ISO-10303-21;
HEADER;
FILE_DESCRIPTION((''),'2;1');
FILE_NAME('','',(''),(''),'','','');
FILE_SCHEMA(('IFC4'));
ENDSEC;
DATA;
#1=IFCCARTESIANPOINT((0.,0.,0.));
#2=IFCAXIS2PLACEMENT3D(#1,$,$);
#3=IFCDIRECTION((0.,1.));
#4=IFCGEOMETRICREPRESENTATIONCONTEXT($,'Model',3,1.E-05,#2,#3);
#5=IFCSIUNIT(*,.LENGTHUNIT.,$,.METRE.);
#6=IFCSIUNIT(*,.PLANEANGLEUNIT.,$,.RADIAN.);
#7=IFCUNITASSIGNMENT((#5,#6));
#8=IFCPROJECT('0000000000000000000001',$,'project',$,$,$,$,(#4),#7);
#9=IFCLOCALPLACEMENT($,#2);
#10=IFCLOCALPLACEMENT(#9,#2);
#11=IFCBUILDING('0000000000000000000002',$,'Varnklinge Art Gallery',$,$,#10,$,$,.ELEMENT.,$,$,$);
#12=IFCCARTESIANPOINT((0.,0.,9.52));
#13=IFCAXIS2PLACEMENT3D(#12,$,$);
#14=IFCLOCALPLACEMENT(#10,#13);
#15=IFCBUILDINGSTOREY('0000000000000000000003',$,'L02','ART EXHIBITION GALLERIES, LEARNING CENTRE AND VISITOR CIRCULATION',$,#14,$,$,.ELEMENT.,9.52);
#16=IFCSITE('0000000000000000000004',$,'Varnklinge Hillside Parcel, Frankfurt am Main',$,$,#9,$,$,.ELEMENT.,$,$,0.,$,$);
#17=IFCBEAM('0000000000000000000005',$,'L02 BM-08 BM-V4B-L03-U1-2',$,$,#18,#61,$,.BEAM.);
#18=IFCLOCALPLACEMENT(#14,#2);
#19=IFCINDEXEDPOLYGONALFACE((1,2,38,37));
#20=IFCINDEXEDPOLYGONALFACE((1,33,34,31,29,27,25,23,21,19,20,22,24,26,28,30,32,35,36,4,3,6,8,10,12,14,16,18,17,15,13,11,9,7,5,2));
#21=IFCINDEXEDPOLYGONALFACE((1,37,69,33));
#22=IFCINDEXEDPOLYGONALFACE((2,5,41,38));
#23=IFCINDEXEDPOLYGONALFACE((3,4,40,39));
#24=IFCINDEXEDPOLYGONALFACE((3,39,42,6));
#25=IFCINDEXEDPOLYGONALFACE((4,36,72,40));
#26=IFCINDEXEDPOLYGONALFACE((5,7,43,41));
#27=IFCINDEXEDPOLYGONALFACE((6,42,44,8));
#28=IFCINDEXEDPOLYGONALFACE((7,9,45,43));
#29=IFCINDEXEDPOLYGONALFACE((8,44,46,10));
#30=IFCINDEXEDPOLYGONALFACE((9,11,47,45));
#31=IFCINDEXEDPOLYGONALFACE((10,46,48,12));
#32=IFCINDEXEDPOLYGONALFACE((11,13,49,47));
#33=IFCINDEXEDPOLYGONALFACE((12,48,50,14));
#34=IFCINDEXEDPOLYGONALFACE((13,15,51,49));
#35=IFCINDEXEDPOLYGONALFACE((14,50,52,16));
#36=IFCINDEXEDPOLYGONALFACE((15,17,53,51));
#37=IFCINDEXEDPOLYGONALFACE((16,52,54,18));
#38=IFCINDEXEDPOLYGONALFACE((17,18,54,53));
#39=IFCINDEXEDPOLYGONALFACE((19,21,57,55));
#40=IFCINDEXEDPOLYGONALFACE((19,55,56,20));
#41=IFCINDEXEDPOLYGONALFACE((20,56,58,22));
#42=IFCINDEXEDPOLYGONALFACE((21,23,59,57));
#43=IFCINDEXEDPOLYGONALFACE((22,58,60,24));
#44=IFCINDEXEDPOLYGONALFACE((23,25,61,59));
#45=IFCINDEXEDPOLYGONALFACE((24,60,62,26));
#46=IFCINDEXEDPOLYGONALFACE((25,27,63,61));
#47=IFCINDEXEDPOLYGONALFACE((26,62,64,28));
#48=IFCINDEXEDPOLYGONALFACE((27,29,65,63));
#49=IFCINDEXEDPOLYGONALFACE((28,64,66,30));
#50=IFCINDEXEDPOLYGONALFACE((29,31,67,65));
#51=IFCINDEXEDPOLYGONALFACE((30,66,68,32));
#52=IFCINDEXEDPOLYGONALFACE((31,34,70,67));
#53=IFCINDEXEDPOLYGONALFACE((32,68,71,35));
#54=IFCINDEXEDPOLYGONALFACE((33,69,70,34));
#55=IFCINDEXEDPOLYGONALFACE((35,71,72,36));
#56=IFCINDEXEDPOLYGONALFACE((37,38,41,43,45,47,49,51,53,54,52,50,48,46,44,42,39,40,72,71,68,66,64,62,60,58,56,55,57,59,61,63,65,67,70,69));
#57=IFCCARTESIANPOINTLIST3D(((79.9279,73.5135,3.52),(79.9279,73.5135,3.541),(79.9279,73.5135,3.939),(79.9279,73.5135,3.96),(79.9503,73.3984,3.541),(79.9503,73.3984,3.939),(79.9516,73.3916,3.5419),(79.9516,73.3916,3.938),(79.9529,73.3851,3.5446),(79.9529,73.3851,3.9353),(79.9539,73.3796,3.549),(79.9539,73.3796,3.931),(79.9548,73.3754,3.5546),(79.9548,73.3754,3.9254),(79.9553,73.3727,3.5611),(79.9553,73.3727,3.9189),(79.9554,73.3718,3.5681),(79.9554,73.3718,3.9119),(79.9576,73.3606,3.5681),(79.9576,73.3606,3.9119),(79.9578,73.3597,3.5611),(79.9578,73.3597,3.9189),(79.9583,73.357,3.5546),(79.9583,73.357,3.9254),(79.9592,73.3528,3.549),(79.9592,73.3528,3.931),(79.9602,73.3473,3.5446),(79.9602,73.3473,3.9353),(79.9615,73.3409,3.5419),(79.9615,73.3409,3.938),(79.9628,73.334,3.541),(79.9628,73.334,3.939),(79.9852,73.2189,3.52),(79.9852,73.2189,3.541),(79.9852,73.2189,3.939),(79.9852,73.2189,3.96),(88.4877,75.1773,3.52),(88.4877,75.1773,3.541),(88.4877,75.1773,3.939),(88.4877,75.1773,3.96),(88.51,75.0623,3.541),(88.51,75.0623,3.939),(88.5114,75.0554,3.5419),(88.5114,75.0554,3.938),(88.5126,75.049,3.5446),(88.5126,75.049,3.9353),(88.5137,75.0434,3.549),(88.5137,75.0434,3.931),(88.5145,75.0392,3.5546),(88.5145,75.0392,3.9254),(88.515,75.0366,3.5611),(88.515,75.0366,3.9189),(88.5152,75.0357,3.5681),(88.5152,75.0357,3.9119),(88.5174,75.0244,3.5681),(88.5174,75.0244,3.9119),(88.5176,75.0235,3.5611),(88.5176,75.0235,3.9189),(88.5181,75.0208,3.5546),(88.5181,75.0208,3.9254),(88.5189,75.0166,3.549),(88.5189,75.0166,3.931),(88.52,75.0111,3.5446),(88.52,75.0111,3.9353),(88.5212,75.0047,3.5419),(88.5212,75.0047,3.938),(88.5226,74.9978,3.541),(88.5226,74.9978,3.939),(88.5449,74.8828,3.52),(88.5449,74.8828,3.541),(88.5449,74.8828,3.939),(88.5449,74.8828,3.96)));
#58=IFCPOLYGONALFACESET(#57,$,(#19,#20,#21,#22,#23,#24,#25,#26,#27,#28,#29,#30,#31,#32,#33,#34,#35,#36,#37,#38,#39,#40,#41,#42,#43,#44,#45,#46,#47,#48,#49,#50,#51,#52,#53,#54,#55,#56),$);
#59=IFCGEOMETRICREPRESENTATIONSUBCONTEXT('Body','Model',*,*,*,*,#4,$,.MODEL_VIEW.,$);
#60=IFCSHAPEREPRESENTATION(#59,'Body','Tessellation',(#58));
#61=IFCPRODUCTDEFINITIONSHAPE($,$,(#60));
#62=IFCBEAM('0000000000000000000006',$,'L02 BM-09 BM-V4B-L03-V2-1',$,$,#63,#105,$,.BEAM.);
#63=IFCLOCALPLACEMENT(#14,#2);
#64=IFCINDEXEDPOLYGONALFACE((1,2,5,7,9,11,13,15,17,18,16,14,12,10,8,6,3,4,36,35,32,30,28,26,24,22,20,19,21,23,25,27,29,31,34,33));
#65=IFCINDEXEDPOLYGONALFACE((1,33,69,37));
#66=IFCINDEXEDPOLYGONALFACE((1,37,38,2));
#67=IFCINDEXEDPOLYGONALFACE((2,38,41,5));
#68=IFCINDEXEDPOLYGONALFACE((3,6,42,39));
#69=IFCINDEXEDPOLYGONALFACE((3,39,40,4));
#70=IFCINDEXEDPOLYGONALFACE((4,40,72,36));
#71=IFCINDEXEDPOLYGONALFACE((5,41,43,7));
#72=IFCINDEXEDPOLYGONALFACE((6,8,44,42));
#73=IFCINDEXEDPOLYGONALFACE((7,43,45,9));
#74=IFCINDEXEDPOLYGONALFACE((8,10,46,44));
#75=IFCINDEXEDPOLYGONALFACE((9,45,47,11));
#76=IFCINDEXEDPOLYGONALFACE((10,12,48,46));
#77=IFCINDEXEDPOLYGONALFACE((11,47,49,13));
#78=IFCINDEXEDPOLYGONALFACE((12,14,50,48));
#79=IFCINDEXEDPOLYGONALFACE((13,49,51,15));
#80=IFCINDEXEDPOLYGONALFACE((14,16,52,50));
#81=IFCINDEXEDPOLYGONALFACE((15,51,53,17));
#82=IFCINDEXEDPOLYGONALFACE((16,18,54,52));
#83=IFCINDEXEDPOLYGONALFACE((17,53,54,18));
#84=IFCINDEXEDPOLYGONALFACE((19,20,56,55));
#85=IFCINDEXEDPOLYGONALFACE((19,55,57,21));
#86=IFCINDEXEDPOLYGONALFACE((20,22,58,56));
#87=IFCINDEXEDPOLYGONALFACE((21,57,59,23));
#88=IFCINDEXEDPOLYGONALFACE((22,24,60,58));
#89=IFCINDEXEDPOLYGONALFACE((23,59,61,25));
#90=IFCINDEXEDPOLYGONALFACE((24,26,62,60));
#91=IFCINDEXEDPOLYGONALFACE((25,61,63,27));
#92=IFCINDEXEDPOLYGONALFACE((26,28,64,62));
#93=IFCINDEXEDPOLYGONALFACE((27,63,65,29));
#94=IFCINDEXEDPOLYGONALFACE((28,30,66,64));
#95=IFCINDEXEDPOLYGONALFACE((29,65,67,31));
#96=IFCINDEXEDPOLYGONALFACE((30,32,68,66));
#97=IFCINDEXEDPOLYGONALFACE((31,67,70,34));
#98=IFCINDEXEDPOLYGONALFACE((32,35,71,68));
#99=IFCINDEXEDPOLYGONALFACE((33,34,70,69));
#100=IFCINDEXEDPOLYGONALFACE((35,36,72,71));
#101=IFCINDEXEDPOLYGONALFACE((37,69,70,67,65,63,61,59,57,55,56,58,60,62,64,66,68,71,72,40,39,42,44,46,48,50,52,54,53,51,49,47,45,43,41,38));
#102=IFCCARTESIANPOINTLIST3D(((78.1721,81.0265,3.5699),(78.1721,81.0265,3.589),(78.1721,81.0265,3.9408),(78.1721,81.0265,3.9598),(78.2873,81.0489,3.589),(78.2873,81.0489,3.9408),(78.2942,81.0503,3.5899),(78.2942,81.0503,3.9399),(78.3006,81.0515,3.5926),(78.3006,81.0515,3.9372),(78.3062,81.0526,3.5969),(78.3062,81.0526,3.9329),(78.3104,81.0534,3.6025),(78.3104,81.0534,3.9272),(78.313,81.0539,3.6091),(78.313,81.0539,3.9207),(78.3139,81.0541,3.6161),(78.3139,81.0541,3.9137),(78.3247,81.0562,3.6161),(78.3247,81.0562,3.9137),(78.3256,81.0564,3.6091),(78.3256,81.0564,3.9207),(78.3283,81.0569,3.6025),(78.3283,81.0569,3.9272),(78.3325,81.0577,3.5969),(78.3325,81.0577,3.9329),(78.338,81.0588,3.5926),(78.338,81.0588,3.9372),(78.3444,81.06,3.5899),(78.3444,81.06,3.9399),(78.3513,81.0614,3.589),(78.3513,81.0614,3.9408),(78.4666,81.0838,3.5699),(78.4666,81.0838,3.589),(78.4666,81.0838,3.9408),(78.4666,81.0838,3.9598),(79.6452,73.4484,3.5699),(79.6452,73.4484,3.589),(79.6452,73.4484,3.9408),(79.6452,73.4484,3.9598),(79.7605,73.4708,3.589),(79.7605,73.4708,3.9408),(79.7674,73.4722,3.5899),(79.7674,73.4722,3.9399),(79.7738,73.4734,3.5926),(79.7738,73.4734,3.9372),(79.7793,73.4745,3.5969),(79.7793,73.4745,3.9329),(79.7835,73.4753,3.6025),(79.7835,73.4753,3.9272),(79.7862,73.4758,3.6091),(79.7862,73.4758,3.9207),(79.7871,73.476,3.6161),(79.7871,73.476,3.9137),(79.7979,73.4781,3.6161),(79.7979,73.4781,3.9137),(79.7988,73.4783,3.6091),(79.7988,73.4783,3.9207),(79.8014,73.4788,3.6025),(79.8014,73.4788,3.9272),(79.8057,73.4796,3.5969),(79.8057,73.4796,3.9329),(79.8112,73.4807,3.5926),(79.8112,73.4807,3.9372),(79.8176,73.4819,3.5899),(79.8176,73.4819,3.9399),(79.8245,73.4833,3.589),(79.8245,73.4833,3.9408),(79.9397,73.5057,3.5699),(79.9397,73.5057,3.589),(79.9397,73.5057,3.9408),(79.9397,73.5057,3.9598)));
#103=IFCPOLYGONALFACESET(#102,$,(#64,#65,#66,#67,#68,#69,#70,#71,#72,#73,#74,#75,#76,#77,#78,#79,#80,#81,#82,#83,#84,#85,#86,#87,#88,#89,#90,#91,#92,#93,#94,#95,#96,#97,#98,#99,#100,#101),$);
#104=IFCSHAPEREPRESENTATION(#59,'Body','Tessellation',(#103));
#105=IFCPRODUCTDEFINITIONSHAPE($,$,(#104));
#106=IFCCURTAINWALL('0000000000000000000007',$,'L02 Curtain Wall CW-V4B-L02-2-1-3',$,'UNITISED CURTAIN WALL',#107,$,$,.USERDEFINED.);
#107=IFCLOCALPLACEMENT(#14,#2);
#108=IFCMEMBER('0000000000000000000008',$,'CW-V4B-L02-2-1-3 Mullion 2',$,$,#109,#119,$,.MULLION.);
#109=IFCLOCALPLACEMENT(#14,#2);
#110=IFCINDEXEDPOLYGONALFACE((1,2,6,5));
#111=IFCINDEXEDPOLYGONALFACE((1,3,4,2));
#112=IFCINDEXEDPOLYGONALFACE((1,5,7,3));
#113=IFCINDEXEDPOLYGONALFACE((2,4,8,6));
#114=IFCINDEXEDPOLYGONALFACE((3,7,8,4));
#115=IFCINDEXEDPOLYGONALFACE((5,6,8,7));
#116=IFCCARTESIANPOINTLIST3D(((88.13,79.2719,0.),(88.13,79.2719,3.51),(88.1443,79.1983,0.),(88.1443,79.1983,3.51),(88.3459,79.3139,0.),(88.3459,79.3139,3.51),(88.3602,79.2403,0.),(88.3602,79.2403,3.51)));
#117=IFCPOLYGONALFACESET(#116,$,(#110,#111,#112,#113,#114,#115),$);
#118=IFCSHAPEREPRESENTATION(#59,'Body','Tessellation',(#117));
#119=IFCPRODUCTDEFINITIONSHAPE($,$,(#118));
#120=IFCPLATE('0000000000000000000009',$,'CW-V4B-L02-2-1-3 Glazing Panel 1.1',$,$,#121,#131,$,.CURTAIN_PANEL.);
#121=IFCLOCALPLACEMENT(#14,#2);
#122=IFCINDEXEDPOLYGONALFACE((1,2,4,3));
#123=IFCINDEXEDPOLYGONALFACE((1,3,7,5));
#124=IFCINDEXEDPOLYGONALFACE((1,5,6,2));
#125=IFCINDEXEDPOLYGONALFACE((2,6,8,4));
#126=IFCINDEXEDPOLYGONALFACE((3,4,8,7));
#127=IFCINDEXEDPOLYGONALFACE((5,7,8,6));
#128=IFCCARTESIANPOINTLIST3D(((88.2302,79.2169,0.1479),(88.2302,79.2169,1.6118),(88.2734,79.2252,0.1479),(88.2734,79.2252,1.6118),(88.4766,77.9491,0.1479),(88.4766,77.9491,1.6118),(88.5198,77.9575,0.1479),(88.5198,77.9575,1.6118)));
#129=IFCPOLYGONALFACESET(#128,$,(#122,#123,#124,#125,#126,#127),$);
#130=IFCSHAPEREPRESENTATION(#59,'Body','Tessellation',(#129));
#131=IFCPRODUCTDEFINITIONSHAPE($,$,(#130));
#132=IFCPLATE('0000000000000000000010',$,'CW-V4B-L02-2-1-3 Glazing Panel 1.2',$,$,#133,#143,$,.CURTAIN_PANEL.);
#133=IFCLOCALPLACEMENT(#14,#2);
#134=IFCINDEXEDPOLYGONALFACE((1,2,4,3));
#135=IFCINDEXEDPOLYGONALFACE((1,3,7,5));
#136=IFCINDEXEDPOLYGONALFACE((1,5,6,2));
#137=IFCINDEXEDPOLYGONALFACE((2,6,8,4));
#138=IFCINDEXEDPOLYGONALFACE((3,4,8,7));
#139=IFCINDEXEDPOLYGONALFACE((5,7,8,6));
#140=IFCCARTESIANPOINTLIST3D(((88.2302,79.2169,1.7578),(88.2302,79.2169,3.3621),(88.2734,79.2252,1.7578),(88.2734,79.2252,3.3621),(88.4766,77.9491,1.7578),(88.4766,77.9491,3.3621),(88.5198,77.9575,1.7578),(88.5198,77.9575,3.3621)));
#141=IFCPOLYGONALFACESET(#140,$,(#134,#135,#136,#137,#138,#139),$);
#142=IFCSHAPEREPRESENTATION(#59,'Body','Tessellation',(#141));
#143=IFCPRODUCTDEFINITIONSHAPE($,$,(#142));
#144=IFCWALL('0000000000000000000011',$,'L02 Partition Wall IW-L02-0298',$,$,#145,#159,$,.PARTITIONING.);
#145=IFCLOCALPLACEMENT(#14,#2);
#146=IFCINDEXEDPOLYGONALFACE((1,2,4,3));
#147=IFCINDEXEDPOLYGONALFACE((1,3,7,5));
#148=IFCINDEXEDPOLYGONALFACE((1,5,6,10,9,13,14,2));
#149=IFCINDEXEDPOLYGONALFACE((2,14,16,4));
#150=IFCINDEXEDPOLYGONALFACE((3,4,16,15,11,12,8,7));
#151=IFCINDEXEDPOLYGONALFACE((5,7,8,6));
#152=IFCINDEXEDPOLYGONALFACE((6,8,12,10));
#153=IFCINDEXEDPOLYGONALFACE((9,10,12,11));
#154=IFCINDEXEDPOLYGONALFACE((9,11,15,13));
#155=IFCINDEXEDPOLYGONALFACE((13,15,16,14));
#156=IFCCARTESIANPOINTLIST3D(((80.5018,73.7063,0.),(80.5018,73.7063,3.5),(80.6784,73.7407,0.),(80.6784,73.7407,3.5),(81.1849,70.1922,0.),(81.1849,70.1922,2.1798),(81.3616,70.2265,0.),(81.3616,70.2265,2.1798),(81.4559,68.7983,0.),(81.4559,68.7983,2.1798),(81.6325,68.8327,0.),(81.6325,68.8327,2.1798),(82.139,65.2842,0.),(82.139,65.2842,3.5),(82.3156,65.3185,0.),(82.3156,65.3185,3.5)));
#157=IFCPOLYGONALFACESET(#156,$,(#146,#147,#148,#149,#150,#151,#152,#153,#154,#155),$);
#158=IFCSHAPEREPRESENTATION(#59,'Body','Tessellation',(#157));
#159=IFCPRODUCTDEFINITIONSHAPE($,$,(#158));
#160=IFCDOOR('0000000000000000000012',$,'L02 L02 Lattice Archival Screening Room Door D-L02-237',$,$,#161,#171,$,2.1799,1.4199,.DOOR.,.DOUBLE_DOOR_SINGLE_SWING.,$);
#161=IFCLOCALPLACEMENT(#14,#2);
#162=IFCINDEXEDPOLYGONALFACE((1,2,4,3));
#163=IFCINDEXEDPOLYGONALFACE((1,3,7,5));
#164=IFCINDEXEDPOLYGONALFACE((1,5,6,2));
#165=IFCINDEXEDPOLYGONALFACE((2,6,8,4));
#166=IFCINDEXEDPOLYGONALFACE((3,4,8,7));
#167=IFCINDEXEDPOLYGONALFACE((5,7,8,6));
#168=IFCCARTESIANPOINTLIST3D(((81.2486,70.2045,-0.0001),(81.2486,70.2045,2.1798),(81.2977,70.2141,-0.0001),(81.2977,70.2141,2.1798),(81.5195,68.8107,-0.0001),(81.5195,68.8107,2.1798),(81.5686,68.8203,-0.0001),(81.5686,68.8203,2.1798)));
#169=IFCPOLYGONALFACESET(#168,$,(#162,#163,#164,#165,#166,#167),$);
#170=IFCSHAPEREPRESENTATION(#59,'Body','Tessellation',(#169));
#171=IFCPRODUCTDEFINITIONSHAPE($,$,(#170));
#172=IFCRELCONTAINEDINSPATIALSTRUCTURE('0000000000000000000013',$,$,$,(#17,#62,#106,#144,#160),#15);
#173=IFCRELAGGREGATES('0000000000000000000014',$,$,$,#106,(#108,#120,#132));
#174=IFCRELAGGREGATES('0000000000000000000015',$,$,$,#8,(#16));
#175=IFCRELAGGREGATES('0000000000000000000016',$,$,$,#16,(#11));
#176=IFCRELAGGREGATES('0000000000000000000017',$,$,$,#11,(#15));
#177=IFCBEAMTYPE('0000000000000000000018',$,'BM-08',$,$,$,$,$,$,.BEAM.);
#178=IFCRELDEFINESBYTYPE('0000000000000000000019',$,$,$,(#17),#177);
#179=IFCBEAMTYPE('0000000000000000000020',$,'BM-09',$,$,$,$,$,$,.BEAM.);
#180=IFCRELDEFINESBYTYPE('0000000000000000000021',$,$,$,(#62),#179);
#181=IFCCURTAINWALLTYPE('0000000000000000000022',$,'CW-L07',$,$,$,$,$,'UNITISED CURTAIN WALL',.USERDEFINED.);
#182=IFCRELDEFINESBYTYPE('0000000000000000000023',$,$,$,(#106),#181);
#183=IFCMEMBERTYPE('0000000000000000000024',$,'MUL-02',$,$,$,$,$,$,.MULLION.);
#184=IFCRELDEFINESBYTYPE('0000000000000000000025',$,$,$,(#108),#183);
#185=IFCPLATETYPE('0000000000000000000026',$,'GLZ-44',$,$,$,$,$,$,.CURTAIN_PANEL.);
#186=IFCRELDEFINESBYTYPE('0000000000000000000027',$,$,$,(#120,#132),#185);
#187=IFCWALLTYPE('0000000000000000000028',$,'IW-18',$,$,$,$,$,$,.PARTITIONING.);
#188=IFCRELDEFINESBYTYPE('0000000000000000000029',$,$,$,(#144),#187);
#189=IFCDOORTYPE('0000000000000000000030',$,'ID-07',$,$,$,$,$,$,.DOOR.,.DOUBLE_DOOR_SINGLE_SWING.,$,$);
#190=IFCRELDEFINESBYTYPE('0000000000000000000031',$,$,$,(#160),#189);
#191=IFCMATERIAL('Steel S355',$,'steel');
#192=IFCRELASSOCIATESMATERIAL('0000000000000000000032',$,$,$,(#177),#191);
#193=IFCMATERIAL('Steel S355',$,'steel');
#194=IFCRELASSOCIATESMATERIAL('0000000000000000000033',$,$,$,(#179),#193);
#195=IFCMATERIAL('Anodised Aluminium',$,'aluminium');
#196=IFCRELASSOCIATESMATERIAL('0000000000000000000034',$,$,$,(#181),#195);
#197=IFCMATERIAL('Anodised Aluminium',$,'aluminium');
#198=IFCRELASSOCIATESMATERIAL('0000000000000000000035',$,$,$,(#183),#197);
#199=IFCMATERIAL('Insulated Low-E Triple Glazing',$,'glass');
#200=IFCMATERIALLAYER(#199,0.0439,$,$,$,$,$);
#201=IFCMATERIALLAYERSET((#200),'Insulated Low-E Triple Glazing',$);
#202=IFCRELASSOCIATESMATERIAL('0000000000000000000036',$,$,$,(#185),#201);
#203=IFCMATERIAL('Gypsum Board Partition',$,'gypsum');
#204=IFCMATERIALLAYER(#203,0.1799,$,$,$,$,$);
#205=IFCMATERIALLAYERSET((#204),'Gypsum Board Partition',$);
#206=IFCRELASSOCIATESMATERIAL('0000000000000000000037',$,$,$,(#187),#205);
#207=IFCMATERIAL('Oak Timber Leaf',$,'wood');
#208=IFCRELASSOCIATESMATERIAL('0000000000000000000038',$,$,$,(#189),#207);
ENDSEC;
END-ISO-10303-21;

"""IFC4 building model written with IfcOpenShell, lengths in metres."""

from ifc_helpers import new_model, si_unit, direction, frame, frame_2d, origin, origin_2d, place, context, subcontext, project, spatial, rectangle, i_section, extrude, material, layer, layer_set, material_profile, profile_set, type_object, element, fill, aggregate, save


model = new_model("IFC4")

# Units and contexts
model_context = context("Model", 3, precision=1e-05, world=origin(), true_north=direction((0.0, 1.0)))
body_context = subcontext(model_context, "Body", "Model", "MODEL_VIEW")
ifc_project = project(units=[si_unit("LENGTHUNIT", "METRE"), si_unit("PLANEANGLEUNIT", "RADIAN")], contexts=[model_context])

# Site, building, storey
site_placement = place(None, origin())
site = spatial("IfcSite", under=ifc_project, at=site_placement, Name="Varnklinge Hillside Parcel, Frankfurt am Main", CompositionType="ELEMENT", RefElevation=0.0)
building_placement = place(site_placement, origin())
building = spatial("IfcBuilding", under=site, at=building_placement, Name="Varnklinge Art Gallery", CompositionType="ELEMENT")
storey_placement = place(building_placement, frame((0.0, 0.0, 9.52)))
storey = spatial("IfcBuildingStorey", under=building, at=storey_placement, Name="L02", Description="ART EXHIBITION GALLERIES, LEARNING CENTRE AND VISITOR CIRCULATION", CompositionType="ELEMENT", Elevation=9.52)

# Beams
ifc_material_1 = material(Name="Steel S355", Category="steel")
ifc_material_profile_1 = material_profile(ifc_material_1, i_section(OverallWidth=0.3, OverallDepth=0.4399, WebThickness=0.0115, FlangeThickness=0.021, FilletRadius=0.0271, at=origin_2d()), Name="HEA 450")
ifc_profile_set_1 = profile_set([ifc_material_profile_1], Name="Steel S355")
beam_type_1 = type_object("IfcBeamType", Name="BM-08", PredefinedType="BEAM", material=ifc_profile_set_1)
beam_1_placement = place(storey_placement, frame((79.9565, 73.3662, 3.74), z_axis=(0.981628, 0.190804, 0.0), x_axis=(-0.190804, 0.981628, 0.0)))
element("IfcBeam", 1, at=beam_1_placement, inside=storey, type_object=beam_type_1, Name="L02 BM-08 BM-V4B-L03-U1-2", PredefinedType="BEAM", context=body_context, shape_type="SweptSolid", body=[
    extrude(i_section(OverallWidth=0.3, OverallDepth=0.4399, WebThickness=0.0115, FlangeThickness=0.021, FilletRadius=0.0271, at=origin_2d()), origin(), (0.0, 0.0, 1.0), 8.72),
])
ifc_material_2 = material(Name="Steel S355", Category="steel")
ifc_material_profile_2 = material_profile(ifc_material_2, i_section(OverallWidth=0.3, OverallDepth=0.3899, WebThickness=0.011, FlangeThickness=0.019, FilletRadius=0.0271, at=origin_2d()), Name="HEA 400")
ifc_profile_set_2 = profile_set([ifc_material_profile_2], Name="Steel S355")
beam_type_2 = type_object("IfcBeamType", Name="BM-09", PredefinedType="BEAM", material=ifc_profile_set_2)
beam_2_placement = place(storey_placement, frame((79.7925, 73.4771, 3.7649), z_axis=(-0.190822, 0.981625, 0.0), x_axis=(-0.981625, -0.190822, 0.0)))
element("IfcBeam", 2, at=beam_2_placement, inside=storey, type_object=beam_type_2, Name="L02 BM-09 BM-V4B-L03-V2-1", PredefinedType="BEAM", context=body_context, shape_type="SweptSolid", body=[
    extrude(i_section(OverallWidth=0.3, OverallDepth=0.3899, WebThickness=0.011, FlangeThickness=0.019, FilletRadius=0.0271, at=origin_2d()), origin(), (0.0, 0.0, 1.0), 7.72),
])

# Curtain wall, member, plates
ifc_material_3 = material(Name="Anodised Aluminium", Category="aluminium")
curtain_wall_type = type_object("IfcCurtainWallType", Name="CW-L07", ElementType="UNITISED CURTAIN WALL", PredefinedType="USERDEFINED", material=ifc_material_3)
curtain_wall_placement = place(storey_placement, origin())
curtain_wall = element("IfcCurtainWall", 3, at=curtain_wall_placement, inside=storey, type_object=curtain_wall_type, Name="L02 Curtain Wall CW-V4B-L02-2-1-3", ObjectType="UNITISED CURTAIN WALL", PredefinedType="USERDEFINED")
ifc_material_4 = material(Name="Anodised Aluminium", Category="aluminium")
ifc_material_profile_3 = material_profile(ifc_material_4, rectangle(XDim=0.075, YDim=0.22, at=origin_2d()), Name="ALU 75x220")
ifc_profile_set_3 = profile_set([ifc_material_profile_3], Name="Anodised Aluminium")
member_type = type_object("IfcMemberType", Name="MUL-02", PredefinedType="MULLION", material=ifc_profile_set_3)
member_placement = place(storey_placement, frame((88.2451, 79.2561, 0.0), z_axis=(0.0, 0.0, 1.0), x_axis=(-0.190809, 0.981627, 0.0)))
member = element("IfcMember", 4, at=member_placement, type_object=member_type, Name="CW-V4B-L02-2-1-3 Mullion 2", PredefinedType="MULLION", context=body_context, shape_type="SweptSolid", body=[
    extrude(rectangle(XDim=0.075, YDim=0.22, at=origin_2d()), origin(), (0.0, 0.0, 1.0), 3.51),
])
ifc_material_5 = material(Name="Insulated Low-E Triple Glazing", Category="glass")
ifc_layer_1 = layer(ifc_material_5, 0.0439)
ifc_layer_set_1 = layer_set([ifc_layer_1], Name="Insulated Low-E Triple Glazing")
plate_type = type_object("IfcPlateType", Name="GLZ-44", PredefinedType="CURTAIN_PANEL", material=ifc_layer_set_1)
plate_1_placement = place(storey_placement, frame((88.375, 78.5872, 0.1479), z_axis=(0.0, 0.0, 1.0), x_axis=(-0.190809, 0.981627, 0.0)))
plate_1 = element("IfcPlate", 5, at=plate_1_placement, type_object=plate_type, Name="CW-V4B-L02-2-1-3 Glazing Panel 1.1", PredefinedType="CURTAIN_PANEL", context=body_context, shape_type="SweptSolid", body=[
    extrude(rectangle(XDim=1.2915, YDim=0.0439, at=origin_2d()), origin(), (0.0, 0.0, 1.0), 1.4639),
])
plate_2_placement = place(storey_placement, frame((88.375, 78.5872, 1.7578), z_axis=(0.0, 0.0, 1.0), x_axis=(-0.190809, 0.981627, 0.0)))
plate_2 = element("IfcPlate", 6, at=plate_2_placement, type_object=plate_type, Name="CW-V4B-L02-2-1-3 Glazing Panel 1.2", PredefinedType="CURTAIN_PANEL", context=body_context, shape_type="SweptSolid", body=[
    extrude(rectangle(XDim=1.2915, YDim=0.0439, at=origin_2d()), origin(), (0.0, 0.0, 1.0), 1.6042),
])
aggregate(curtain_wall, [member, plate_1, plate_2])

# Wall, opening, door
ifc_material_6 = material(Name="Gypsum Board Partition", Category="gypsum")
ifc_layer_2 = layer(ifc_material_6, 0.1799)
ifc_layer_set_2 = layer_set([ifc_layer_2], Name="Gypsum Board Partition")
wall_type_1 = type_object("IfcWallType", Name="IW-18", PredefinedType="PARTITIONING", material=ifc_layer_set_2)
wall_1_placement = place(storey_placement, frame((80.5901, 73.7236, 0.0), z_axis=(0.0, 0.0, 1.0), x_axis=(0.190822, -0.981625, 0.0)))
wall_1 = element("IfcWall", 7, at=wall_1_placement, inside=storey, type_object=wall_type_1, Name="L02 Partition Wall IW-L02-0298", PredefinedType="PARTITIONING", context=body_context, shape_type="SweptSolid", body=[
    extrude(rectangle(XDim=8.5798, YDim=0.1799, at=frame_2d((4.29, 0.0))), origin(), (0.0, 0.0, 1.0), 3.5),
])
opening_1_placement = place(wall_1_placement, frame((3.5801, 0.0, 0.0)))
opening_1 = element("IfcOpeningElement", 8, at=opening_1_placement, cuts=wall_1, PredefinedType="OPENING", context=body_context, shape_type="SweptSolid", body=[
    extrude(rectangle(XDim=1.4199, YDim=2.1799, at=frame_2d((0.71, 1.0898))), frame((0.0, 0.0999, 0.0), z_axis=(0.0, -1.0, 0.0), x_axis=(1.0, 0.0, 0.0)), (0.0, 0.0, 1.0), 0.2),
])
ifc_material_7 = material(Name="Oak Timber Leaf", Category="wood")
door_type_1 = type_object("IfcDoorType", Name="ID-07", OperationType="DOUBLE_DOOR_SINGLE_SWING", PredefinedType="DOOR", material=ifc_material_7)
door_1_placement = place(opening_1_placement, origin())
door_1 = element("IfcDoor", 9, at=door_1_placement, inside=storey, type_object=door_type_1, Name="L02 L02 Lattice Archival Screening Room Door D-L02-237", OperationType="DOUBLE_DOOR_SINGLE_SWING", OverallHeight=2.1799, OverallWidth=1.4199, PredefinedType="DOOR", context=body_context, shape_type="SweptSolid", body=[
    extrude(rectangle(XDim=1.4199, YDim=2.1799, at=frame_2d((0.71, 1.0898))), frame((0.0, 0.0249, 0.0), z_axis=(0.0, -1.0, 0.0), x_axis=(1.0, 0.0, 0.0)), (0.0, 0.0, 1.0), 0.05),
])
fill(opening_1, door_1)

save(model, "model.ifc")
